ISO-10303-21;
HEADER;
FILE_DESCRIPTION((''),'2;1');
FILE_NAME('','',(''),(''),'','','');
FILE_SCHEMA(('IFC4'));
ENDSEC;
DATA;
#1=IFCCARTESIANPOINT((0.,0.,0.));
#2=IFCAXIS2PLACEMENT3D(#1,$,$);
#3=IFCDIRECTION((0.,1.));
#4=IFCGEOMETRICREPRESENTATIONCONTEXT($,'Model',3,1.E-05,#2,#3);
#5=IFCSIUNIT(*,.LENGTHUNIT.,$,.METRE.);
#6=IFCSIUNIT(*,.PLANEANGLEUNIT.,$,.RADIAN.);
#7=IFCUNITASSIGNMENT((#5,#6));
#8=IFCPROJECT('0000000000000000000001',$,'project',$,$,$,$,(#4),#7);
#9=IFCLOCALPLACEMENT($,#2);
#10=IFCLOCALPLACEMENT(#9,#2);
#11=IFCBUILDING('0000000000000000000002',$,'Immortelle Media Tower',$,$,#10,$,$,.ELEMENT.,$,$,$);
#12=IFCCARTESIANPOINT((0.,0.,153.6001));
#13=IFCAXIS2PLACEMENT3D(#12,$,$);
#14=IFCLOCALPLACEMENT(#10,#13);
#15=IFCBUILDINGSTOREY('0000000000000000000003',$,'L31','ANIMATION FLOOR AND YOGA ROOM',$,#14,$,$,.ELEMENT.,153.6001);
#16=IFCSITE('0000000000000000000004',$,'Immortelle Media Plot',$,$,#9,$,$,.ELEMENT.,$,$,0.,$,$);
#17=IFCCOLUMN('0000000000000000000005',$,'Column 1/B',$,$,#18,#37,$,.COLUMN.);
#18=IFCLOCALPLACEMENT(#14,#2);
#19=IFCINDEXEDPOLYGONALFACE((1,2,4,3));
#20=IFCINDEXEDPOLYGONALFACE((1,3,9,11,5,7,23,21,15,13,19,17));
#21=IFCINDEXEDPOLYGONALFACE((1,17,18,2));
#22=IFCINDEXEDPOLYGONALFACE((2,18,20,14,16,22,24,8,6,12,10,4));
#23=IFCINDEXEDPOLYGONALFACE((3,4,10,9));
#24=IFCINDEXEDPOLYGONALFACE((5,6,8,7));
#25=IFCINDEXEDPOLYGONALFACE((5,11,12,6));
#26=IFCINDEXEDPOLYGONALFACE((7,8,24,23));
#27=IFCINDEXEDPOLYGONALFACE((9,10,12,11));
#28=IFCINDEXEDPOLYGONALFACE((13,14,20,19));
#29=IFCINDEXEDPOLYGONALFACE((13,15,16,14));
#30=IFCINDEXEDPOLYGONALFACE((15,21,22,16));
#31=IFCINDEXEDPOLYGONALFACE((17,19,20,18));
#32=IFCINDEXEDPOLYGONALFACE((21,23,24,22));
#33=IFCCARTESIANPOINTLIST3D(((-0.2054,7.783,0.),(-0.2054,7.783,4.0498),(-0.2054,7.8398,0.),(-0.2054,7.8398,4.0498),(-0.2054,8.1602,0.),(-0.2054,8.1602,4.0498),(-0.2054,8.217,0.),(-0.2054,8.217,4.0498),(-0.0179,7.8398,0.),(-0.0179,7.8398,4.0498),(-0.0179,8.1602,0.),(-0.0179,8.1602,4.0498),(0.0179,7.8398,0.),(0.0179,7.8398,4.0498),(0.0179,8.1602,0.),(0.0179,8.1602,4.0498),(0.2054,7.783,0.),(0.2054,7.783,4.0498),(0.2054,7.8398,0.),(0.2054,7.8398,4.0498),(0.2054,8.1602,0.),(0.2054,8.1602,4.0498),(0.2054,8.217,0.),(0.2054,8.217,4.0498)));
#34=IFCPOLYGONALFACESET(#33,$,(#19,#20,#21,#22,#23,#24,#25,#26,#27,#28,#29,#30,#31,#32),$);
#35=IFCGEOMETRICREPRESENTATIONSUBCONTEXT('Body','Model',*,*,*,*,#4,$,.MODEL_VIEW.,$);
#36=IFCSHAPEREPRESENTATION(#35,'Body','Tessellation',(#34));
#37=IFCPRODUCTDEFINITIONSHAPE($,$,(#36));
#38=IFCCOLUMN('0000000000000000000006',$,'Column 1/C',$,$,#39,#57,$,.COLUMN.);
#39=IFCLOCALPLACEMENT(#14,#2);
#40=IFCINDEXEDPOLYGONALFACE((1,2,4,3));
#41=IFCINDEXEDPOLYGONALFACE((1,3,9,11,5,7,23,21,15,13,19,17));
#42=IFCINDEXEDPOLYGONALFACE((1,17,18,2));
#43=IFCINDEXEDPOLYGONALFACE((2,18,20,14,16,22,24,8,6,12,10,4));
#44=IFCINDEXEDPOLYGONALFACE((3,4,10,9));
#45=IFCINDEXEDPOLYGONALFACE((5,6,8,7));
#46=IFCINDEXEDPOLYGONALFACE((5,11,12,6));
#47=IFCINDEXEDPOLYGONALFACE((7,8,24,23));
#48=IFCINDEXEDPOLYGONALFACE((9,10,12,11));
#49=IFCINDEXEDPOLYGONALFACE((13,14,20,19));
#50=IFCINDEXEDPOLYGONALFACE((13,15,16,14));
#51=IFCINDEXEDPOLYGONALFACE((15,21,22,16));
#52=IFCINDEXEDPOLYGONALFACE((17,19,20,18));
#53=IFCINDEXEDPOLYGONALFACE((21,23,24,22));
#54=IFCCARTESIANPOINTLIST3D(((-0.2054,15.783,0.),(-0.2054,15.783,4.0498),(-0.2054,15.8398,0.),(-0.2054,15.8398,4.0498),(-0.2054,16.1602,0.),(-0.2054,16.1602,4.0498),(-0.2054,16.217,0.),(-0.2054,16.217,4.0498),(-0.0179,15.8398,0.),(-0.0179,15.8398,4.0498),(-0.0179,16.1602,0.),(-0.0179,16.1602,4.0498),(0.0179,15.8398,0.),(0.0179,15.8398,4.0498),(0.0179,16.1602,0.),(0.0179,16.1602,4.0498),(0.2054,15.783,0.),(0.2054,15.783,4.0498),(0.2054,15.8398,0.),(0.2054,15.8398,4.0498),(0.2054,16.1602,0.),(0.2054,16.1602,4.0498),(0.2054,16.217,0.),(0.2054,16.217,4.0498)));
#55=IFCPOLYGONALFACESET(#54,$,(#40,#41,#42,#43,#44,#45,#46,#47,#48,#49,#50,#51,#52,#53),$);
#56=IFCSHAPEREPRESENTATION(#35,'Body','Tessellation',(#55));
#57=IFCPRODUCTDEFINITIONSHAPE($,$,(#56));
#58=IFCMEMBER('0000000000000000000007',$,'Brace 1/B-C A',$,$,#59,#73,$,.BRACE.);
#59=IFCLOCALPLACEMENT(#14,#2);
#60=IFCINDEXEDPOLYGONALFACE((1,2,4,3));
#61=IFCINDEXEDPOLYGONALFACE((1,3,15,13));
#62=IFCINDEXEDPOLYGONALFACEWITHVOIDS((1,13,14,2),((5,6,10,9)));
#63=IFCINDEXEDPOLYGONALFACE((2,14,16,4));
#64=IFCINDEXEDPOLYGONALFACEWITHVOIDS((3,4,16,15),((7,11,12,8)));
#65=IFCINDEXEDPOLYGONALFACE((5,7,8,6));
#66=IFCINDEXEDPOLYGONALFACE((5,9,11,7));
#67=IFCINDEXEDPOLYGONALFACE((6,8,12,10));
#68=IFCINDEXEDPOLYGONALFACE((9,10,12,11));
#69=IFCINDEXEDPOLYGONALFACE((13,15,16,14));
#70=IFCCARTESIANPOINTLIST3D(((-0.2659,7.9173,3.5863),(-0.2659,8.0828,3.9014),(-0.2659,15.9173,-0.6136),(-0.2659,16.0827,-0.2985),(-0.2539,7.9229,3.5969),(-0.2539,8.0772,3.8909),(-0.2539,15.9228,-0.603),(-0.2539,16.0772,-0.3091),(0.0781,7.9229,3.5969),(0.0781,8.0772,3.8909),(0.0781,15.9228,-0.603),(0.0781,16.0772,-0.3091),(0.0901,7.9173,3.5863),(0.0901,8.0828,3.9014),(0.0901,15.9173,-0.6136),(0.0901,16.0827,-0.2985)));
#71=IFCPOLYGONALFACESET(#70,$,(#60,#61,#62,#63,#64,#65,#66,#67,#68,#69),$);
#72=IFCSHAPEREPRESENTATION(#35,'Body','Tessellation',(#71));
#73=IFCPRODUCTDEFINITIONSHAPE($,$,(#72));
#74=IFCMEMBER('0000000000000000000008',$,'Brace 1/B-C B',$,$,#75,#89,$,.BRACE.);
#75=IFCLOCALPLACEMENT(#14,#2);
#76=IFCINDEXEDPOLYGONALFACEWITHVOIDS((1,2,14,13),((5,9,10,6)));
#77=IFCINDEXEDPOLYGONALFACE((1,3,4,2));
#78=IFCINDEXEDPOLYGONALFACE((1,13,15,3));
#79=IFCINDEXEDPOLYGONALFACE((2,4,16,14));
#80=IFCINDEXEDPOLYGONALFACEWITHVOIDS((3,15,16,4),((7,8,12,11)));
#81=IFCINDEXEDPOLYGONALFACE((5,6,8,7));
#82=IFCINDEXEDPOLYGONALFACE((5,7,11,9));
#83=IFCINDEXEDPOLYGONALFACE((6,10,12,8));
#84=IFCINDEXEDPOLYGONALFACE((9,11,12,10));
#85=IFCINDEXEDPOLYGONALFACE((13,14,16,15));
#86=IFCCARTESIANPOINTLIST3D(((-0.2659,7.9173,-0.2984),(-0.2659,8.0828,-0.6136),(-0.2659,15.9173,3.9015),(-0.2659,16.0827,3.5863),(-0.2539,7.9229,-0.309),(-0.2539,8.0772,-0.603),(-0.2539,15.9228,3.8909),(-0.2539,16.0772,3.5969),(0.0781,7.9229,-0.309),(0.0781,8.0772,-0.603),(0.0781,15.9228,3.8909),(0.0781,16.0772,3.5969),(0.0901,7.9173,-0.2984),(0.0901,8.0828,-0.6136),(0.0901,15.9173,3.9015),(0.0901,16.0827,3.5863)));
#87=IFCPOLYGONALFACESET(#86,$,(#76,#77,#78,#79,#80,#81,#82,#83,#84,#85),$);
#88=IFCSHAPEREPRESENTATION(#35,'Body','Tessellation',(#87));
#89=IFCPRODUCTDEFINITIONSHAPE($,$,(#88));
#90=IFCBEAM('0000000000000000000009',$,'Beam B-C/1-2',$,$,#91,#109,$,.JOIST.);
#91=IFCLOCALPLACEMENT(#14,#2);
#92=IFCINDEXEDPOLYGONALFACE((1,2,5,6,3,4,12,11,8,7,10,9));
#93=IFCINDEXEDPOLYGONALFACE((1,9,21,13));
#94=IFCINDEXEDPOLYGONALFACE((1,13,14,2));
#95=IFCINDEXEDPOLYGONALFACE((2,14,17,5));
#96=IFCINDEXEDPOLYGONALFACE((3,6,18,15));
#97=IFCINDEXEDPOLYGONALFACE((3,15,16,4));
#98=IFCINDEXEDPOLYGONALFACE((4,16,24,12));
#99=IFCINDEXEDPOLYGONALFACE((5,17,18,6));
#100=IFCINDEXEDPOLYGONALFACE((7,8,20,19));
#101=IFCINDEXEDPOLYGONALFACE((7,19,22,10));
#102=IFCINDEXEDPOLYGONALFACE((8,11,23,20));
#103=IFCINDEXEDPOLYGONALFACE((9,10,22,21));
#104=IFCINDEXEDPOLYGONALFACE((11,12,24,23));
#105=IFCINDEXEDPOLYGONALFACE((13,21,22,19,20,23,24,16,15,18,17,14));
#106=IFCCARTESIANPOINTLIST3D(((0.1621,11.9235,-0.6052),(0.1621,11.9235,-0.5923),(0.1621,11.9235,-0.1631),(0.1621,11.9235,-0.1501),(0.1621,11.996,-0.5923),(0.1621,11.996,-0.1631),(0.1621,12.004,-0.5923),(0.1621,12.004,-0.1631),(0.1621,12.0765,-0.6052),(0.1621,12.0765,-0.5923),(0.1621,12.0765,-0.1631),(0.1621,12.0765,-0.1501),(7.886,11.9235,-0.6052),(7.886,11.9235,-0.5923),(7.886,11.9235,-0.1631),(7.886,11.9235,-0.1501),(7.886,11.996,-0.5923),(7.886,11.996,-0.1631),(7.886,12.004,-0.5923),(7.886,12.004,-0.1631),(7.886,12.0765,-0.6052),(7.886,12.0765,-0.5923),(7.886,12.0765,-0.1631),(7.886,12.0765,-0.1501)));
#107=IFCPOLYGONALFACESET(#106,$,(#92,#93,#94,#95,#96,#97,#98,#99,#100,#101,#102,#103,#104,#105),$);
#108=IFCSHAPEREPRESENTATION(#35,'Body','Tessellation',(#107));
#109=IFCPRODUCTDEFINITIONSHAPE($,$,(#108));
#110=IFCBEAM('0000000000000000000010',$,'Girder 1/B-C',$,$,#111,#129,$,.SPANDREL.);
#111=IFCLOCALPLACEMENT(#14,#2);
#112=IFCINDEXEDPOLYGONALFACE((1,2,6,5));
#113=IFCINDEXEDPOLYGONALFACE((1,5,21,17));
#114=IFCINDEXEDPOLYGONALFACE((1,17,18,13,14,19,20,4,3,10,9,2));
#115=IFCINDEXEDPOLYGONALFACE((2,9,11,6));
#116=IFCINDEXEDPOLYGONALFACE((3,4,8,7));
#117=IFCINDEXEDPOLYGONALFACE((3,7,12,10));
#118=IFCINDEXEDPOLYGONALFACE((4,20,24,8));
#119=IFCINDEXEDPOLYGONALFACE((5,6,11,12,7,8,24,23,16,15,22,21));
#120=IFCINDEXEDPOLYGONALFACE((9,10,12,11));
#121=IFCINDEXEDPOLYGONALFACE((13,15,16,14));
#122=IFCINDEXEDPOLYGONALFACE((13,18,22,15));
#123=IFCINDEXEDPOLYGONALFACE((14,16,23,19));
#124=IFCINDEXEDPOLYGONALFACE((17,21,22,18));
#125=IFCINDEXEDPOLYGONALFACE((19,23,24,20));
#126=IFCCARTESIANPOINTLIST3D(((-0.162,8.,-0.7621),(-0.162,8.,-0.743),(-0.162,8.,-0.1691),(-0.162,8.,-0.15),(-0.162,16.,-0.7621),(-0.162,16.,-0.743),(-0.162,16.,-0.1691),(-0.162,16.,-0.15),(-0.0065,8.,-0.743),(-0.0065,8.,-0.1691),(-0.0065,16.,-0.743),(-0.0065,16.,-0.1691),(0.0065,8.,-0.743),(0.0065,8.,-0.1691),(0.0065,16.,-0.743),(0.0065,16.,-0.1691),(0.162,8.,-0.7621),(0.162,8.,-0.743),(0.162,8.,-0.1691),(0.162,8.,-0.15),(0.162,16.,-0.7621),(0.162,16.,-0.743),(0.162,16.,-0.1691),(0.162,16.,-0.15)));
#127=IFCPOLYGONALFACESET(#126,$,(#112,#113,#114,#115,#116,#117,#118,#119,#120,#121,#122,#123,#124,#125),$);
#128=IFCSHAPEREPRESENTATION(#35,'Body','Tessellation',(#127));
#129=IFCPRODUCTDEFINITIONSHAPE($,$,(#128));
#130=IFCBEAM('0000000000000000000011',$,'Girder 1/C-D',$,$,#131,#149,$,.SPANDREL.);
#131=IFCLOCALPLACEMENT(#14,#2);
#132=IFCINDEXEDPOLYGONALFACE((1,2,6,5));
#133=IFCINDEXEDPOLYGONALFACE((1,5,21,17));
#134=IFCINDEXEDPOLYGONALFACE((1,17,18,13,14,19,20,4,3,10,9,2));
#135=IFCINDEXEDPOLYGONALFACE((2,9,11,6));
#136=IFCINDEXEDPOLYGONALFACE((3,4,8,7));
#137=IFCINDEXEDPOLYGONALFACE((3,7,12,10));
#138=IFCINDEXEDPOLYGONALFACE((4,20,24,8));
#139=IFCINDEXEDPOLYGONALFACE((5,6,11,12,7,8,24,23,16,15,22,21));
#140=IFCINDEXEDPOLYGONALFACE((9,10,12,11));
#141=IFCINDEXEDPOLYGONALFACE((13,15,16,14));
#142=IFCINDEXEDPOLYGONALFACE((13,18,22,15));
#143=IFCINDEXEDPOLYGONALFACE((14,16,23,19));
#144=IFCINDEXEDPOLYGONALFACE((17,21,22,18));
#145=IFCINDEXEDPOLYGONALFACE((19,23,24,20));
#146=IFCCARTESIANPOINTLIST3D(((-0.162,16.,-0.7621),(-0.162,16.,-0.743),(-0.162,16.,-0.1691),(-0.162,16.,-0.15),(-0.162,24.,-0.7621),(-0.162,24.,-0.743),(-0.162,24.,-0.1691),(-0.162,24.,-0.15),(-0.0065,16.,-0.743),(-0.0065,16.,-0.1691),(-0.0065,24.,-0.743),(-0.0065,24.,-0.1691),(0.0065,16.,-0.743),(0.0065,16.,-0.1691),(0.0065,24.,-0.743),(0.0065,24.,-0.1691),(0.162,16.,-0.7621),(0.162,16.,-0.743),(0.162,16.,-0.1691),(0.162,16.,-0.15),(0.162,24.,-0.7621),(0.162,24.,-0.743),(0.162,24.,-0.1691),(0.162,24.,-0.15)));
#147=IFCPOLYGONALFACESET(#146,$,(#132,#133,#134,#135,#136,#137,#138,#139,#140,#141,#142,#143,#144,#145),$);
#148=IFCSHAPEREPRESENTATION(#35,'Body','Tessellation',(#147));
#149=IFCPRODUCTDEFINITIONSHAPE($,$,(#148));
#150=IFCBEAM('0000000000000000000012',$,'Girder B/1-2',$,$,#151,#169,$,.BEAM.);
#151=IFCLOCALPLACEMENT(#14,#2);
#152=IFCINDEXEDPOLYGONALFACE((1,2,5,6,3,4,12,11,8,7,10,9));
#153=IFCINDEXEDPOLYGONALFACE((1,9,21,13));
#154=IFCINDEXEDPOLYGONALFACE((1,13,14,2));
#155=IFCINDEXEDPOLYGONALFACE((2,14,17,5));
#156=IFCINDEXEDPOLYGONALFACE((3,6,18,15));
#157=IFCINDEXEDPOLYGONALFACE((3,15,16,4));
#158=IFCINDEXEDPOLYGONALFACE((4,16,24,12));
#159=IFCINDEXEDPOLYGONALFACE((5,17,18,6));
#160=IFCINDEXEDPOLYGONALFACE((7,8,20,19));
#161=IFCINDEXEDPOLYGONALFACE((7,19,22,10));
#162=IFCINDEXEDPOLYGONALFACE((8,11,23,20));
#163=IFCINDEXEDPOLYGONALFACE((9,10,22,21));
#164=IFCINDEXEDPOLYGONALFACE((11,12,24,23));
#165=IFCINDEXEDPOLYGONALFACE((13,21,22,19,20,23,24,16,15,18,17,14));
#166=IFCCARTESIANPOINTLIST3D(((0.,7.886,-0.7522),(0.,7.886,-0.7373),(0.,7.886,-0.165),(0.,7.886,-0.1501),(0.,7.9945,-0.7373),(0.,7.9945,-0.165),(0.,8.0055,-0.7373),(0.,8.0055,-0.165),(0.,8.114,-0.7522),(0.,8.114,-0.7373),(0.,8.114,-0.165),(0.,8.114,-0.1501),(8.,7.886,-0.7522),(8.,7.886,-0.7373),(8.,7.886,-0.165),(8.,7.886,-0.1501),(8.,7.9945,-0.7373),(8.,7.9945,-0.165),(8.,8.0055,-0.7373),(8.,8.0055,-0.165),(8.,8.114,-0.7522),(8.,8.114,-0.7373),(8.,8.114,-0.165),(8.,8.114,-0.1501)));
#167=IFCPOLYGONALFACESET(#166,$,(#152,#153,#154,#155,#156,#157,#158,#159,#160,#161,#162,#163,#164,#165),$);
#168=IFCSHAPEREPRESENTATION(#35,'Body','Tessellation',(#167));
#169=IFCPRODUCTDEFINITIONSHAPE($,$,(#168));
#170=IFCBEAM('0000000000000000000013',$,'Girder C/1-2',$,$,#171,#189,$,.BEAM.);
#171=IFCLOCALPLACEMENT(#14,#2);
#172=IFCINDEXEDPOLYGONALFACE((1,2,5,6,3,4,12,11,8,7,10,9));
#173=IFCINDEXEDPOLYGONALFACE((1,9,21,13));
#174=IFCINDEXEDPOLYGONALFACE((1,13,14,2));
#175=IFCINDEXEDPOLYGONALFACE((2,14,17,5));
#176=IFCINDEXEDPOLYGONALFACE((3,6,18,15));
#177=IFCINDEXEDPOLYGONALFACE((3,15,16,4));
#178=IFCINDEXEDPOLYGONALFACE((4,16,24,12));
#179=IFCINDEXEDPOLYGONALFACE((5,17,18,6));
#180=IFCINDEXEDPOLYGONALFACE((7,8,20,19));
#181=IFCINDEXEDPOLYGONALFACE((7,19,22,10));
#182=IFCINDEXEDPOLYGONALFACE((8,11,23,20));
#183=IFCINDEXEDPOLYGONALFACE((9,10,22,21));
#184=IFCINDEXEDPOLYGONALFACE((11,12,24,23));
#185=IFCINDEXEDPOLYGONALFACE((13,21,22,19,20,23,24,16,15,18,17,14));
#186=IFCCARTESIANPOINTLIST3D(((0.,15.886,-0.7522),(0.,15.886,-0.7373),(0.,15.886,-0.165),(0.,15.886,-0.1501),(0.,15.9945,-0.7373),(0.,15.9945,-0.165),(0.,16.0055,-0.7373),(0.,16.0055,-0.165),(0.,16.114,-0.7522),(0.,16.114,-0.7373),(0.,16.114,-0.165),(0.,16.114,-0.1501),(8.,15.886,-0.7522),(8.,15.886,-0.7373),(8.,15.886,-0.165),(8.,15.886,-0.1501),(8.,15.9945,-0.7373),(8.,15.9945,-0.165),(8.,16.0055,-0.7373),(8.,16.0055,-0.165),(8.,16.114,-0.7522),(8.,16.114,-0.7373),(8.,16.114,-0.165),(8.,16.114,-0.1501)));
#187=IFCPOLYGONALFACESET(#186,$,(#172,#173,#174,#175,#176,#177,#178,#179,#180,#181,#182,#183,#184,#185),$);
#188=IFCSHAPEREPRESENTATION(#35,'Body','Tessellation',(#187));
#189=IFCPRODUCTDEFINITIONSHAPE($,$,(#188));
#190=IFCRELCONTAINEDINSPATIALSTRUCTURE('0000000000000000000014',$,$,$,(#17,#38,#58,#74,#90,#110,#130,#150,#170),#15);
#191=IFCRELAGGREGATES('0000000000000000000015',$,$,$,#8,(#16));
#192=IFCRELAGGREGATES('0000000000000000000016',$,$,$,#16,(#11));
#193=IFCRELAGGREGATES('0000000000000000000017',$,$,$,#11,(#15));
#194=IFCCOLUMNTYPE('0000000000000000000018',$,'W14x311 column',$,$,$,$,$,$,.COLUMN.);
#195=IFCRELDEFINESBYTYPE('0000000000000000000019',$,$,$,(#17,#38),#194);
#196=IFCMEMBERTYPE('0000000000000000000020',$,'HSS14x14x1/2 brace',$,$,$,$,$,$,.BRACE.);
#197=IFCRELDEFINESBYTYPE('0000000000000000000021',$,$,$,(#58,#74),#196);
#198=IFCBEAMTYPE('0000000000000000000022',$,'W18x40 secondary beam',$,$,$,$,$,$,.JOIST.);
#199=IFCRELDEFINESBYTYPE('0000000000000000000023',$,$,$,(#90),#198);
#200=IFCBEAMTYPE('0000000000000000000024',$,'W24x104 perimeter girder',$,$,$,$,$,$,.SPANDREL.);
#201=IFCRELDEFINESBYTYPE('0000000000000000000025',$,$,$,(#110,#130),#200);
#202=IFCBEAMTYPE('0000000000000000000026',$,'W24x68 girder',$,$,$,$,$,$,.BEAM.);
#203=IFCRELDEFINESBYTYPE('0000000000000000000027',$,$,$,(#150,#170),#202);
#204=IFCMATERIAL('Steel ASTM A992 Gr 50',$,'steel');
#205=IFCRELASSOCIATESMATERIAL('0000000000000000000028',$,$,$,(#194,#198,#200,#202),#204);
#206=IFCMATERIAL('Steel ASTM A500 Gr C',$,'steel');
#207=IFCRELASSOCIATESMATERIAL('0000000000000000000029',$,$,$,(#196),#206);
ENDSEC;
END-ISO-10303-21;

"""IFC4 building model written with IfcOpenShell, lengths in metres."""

from ifc_helpers import new_model, si_unit, direction, frame, origin, origin_2d, place, context, subcontext, project, spatial, hollow_rectangle, i_section, extrude, material, material_profile, profile_set, type_object, element, save


model = new_model("IFC4")

# Units and contexts
model_context = context("Model", 3, precision=1e-05, world=origin(), true_north=direction((0.0, 1.0)))
body_context = subcontext(model_context, "Body", "Model", "MODEL_VIEW")
ifc_project = project(units=[si_unit("LENGTHUNIT", "METRE"), si_unit("PLANEANGLEUNIT", "RADIAN")], contexts=[model_context])

# Site, building, storey
site_placement = place(None, origin())
site = spatial("IfcSite", under=ifc_project, at=site_placement, Name="Immortelle Media Plot", CompositionType="ELEMENT", RefElevation=0.0)
building_placement = place(site_placement, origin())
building = spatial("IfcBuilding", under=site, at=building_placement, Name="Immortelle Media Tower", CompositionType="ELEMENT")
storey_placement = place(building_placement, frame((0.0, 0.0, 153.6001)))
storey = spatial("IfcBuildingStorey", under=building, at=storey_placement, Name="L31", Description="ANIMATION FLOOR AND YOGA ROOM", CompositionType="ELEMENT", Elevation=153.6001)

# Columns
ifc_material_1 = material(Name="Steel ASTM A992 Gr 50", Category="steel")
ifc_material_profile_1 = material_profile(ifc_material_1, i_section(OverallWidth=0.4109, OverallDepth=0.4341, WebThickness=0.0359, FlangeThickness=0.0569, at=origin_2d()), Name="W14x311")
ifc_profile_set_1 = profile_set([ifc_material_profile_1], Name="Steel ASTM A992 Gr 50")
column_type = type_object("IfcColumnType", Name="W14x311 column", PredefinedType="COLUMN", material=ifc_profile_set_1)
for number, where, z_axis, x_axis, name in (
    (1, (0.0, 8.0, 0.0), (0.0, 0.0, 1.0), (1.0, 0.0, 0.0), "Column 1/B"),
    (2, (0.0, 16.0, 0.0), (0.0, 0.0, 1.0), (1.0, 0.0, 0.0), "Column 1/C"),
):
    element("IfcColumn", number, at=place(storey_placement, frame(where, z_axis=z_axis, x_axis=x_axis)), inside=storey, type_object=column_type, Name=name, PredefinedType="COLUMN", context=body_context, shape_type="SweptSolid", body=[
        extrude(i_section(OverallWidth=0.4109, OverallDepth=0.4341, WebThickness=0.0359, FlangeThickness=0.0569, at=origin_2d()), origin(), (0.0, 0.0, 1.0), 4.0498),
    ])

# Members
ifc_material_2 = material(Name="Steel ASTM A500 Gr C", Category="steel")
ifc_material_profile_2 = material_profile(ifc_material_2, hollow_rectangle(XDim=0.356, YDim=0.356, WallThickness=0.012, at=origin_2d()), Name="HSS14x14x1/2 brace")
ifc_profile_set_2 = profile_set([ifc_material_profile_2], Name="Steel ASTM A500 Gr C")
member_type = type_object("IfcMemberType", Name="HSS14x14x1/2 brace", PredefinedType="BRACE", material=ifc_profile_set_2)
for number, where, z_axis, x_axis, name in (
    (3, (-0.0879, 16.0, -0.4561), (0.0, -0.8854, 0.46483), (1.0, 0.0, 0.0), "Brace 1/B-C A"),
    (4, (-0.0879, 16.0, 3.7439), (0.0, -0.8854, -0.46483), (1.0, 0.0, 0.0), "Brace 1/B-C B"),
):
    element("IfcMember", number, at=place(storey_placement, frame(where, z_axis=z_axis, x_axis=x_axis)), inside=storey, type_object=member_type, Name=name, PredefinedType="BRACE", context=body_context, shape_type="SweptSolid", body=[
        extrude(hollow_rectangle(XDim=0.356, YDim=0.356, WallThickness=0.012, at=origin_2d()), origin(), (0.0, 0.0, 1.0), 9.0354),
    ])

# Beams
ifc_material_profile_3 = material_profile(ifc_material_1, i_section(OverallWidth=0.1531, OverallDepth=0.4551, WebThickness=0.0081, FlangeThickness=0.0129, at=origin_2d()), Name="W18x40")
ifc_profile_set_3 = profile_set([ifc_material_profile_3], Name="Steel ASTM A992 Gr 50")
beam_type_1 = type_object("IfcBeamType", Name="W18x40 secondary beam", PredefinedType="JOIST", material=ifc_profile_set_3)
beam_placement = place(storey_placement, frame((0.1621, 12.0, -0.3777), z_axis=(1.0, 0.0, 0.0), x_axis=(0.0, 1.0, 0.0)))
element("IfcBeam", 5, at=beam_placement, inside=storey, type_object=beam_type_1, Name="Beam B-C/1-2", PredefinedType="JOIST", context=body_context, shape_type="SweptSolid", body=[
    extrude(i_section(OverallWidth=0.1531, OverallDepth=0.4551, WebThickness=0.0081, FlangeThickness=0.0129, at=origin_2d()), origin(), (0.0, 0.0, 1.0), 7.7239),
])
ifc_material_profile_4 = material_profile(ifc_material_1, i_section(OverallWidth=0.324, OverallDepth=0.6121, WebThickness=0.0129, FlangeThickness=0.019, at=origin_2d()), Name="W24x104")
ifc_profile_set_4 = profile_set([ifc_material_profile_4], Name="Steel ASTM A992 Gr 50")
beam_type_2 = type_object("IfcBeamType", Name="W24x104 perimeter girder", PredefinedType="SPANDREL", material=ifc_profile_set_4)
for number, where, z_axis, x_axis, name in (
    (6, (0.0, 8.0, -0.4561), (0.0, 1.0, 0.0), (-1.0, 0.0, 0.0), "Girder 1/B-C"),
    (7, (0.0, 16.0, -0.4561), (0.0, 1.0, 0.0), (-1.0, 0.0, 0.0), "Girder 1/C-D"),
):
    element("IfcBeam", number, at=place(storey_placement, frame(where, z_axis=z_axis, x_axis=x_axis)), inside=storey, type_object=beam_type_2, Name=name, PredefinedType="SPANDREL", context=body_context, shape_type="SweptSolid", body=[
        extrude(i_section(OverallWidth=0.324, OverallDepth=0.6121, WebThickness=0.0129, FlangeThickness=0.019, at=origin_2d()), origin(), (0.0, 0.0, 1.0), 8.0),
    ])
ifc_material_profile_5 = material_profile(ifc_material_1, i_section(OverallWidth=0.228, OverallDepth=0.6021, WebThickness=0.011, FlangeThickness=0.0149, at=origin_2d()), Name="W24x68")
ifc_profile_set_5 = profile_set([ifc_material_profile_5], Name="Steel ASTM A992 Gr 50")
beam_type_3 = type_object("IfcBeamType", Name="W24x68 girder", PredefinedType="BEAM", material=ifc_profile_set_5)
for number, where, z_axis, x_axis, name in (
    (8, (0.0, 8.0, -0.4512), (1.0, 0.0, 0.0), (0.0, 1.0, 0.0), "Girder B/1-2"),
    (9, (0.0, 16.0, -0.4512), (1.0, 0.0, 0.0), (0.0, 1.0, 0.0), "Girder C/1-2"),
):
    element("IfcBeam", number, at=place(storey_placement, frame(where, z_axis=z_axis, x_axis=x_axis)), inside=storey, type_object=beam_type_3, Name=name, PredefinedType="BEAM", context=body_context, shape_type="SweptSolid", body=[
        extrude(i_section(OverallWidth=0.228, OverallDepth=0.6021, WebThickness=0.011, FlangeThickness=0.0149, at=origin_2d()), origin(), (0.0, 0.0, 1.0), 8.0),
    ])

save(model, "model.ifc")
